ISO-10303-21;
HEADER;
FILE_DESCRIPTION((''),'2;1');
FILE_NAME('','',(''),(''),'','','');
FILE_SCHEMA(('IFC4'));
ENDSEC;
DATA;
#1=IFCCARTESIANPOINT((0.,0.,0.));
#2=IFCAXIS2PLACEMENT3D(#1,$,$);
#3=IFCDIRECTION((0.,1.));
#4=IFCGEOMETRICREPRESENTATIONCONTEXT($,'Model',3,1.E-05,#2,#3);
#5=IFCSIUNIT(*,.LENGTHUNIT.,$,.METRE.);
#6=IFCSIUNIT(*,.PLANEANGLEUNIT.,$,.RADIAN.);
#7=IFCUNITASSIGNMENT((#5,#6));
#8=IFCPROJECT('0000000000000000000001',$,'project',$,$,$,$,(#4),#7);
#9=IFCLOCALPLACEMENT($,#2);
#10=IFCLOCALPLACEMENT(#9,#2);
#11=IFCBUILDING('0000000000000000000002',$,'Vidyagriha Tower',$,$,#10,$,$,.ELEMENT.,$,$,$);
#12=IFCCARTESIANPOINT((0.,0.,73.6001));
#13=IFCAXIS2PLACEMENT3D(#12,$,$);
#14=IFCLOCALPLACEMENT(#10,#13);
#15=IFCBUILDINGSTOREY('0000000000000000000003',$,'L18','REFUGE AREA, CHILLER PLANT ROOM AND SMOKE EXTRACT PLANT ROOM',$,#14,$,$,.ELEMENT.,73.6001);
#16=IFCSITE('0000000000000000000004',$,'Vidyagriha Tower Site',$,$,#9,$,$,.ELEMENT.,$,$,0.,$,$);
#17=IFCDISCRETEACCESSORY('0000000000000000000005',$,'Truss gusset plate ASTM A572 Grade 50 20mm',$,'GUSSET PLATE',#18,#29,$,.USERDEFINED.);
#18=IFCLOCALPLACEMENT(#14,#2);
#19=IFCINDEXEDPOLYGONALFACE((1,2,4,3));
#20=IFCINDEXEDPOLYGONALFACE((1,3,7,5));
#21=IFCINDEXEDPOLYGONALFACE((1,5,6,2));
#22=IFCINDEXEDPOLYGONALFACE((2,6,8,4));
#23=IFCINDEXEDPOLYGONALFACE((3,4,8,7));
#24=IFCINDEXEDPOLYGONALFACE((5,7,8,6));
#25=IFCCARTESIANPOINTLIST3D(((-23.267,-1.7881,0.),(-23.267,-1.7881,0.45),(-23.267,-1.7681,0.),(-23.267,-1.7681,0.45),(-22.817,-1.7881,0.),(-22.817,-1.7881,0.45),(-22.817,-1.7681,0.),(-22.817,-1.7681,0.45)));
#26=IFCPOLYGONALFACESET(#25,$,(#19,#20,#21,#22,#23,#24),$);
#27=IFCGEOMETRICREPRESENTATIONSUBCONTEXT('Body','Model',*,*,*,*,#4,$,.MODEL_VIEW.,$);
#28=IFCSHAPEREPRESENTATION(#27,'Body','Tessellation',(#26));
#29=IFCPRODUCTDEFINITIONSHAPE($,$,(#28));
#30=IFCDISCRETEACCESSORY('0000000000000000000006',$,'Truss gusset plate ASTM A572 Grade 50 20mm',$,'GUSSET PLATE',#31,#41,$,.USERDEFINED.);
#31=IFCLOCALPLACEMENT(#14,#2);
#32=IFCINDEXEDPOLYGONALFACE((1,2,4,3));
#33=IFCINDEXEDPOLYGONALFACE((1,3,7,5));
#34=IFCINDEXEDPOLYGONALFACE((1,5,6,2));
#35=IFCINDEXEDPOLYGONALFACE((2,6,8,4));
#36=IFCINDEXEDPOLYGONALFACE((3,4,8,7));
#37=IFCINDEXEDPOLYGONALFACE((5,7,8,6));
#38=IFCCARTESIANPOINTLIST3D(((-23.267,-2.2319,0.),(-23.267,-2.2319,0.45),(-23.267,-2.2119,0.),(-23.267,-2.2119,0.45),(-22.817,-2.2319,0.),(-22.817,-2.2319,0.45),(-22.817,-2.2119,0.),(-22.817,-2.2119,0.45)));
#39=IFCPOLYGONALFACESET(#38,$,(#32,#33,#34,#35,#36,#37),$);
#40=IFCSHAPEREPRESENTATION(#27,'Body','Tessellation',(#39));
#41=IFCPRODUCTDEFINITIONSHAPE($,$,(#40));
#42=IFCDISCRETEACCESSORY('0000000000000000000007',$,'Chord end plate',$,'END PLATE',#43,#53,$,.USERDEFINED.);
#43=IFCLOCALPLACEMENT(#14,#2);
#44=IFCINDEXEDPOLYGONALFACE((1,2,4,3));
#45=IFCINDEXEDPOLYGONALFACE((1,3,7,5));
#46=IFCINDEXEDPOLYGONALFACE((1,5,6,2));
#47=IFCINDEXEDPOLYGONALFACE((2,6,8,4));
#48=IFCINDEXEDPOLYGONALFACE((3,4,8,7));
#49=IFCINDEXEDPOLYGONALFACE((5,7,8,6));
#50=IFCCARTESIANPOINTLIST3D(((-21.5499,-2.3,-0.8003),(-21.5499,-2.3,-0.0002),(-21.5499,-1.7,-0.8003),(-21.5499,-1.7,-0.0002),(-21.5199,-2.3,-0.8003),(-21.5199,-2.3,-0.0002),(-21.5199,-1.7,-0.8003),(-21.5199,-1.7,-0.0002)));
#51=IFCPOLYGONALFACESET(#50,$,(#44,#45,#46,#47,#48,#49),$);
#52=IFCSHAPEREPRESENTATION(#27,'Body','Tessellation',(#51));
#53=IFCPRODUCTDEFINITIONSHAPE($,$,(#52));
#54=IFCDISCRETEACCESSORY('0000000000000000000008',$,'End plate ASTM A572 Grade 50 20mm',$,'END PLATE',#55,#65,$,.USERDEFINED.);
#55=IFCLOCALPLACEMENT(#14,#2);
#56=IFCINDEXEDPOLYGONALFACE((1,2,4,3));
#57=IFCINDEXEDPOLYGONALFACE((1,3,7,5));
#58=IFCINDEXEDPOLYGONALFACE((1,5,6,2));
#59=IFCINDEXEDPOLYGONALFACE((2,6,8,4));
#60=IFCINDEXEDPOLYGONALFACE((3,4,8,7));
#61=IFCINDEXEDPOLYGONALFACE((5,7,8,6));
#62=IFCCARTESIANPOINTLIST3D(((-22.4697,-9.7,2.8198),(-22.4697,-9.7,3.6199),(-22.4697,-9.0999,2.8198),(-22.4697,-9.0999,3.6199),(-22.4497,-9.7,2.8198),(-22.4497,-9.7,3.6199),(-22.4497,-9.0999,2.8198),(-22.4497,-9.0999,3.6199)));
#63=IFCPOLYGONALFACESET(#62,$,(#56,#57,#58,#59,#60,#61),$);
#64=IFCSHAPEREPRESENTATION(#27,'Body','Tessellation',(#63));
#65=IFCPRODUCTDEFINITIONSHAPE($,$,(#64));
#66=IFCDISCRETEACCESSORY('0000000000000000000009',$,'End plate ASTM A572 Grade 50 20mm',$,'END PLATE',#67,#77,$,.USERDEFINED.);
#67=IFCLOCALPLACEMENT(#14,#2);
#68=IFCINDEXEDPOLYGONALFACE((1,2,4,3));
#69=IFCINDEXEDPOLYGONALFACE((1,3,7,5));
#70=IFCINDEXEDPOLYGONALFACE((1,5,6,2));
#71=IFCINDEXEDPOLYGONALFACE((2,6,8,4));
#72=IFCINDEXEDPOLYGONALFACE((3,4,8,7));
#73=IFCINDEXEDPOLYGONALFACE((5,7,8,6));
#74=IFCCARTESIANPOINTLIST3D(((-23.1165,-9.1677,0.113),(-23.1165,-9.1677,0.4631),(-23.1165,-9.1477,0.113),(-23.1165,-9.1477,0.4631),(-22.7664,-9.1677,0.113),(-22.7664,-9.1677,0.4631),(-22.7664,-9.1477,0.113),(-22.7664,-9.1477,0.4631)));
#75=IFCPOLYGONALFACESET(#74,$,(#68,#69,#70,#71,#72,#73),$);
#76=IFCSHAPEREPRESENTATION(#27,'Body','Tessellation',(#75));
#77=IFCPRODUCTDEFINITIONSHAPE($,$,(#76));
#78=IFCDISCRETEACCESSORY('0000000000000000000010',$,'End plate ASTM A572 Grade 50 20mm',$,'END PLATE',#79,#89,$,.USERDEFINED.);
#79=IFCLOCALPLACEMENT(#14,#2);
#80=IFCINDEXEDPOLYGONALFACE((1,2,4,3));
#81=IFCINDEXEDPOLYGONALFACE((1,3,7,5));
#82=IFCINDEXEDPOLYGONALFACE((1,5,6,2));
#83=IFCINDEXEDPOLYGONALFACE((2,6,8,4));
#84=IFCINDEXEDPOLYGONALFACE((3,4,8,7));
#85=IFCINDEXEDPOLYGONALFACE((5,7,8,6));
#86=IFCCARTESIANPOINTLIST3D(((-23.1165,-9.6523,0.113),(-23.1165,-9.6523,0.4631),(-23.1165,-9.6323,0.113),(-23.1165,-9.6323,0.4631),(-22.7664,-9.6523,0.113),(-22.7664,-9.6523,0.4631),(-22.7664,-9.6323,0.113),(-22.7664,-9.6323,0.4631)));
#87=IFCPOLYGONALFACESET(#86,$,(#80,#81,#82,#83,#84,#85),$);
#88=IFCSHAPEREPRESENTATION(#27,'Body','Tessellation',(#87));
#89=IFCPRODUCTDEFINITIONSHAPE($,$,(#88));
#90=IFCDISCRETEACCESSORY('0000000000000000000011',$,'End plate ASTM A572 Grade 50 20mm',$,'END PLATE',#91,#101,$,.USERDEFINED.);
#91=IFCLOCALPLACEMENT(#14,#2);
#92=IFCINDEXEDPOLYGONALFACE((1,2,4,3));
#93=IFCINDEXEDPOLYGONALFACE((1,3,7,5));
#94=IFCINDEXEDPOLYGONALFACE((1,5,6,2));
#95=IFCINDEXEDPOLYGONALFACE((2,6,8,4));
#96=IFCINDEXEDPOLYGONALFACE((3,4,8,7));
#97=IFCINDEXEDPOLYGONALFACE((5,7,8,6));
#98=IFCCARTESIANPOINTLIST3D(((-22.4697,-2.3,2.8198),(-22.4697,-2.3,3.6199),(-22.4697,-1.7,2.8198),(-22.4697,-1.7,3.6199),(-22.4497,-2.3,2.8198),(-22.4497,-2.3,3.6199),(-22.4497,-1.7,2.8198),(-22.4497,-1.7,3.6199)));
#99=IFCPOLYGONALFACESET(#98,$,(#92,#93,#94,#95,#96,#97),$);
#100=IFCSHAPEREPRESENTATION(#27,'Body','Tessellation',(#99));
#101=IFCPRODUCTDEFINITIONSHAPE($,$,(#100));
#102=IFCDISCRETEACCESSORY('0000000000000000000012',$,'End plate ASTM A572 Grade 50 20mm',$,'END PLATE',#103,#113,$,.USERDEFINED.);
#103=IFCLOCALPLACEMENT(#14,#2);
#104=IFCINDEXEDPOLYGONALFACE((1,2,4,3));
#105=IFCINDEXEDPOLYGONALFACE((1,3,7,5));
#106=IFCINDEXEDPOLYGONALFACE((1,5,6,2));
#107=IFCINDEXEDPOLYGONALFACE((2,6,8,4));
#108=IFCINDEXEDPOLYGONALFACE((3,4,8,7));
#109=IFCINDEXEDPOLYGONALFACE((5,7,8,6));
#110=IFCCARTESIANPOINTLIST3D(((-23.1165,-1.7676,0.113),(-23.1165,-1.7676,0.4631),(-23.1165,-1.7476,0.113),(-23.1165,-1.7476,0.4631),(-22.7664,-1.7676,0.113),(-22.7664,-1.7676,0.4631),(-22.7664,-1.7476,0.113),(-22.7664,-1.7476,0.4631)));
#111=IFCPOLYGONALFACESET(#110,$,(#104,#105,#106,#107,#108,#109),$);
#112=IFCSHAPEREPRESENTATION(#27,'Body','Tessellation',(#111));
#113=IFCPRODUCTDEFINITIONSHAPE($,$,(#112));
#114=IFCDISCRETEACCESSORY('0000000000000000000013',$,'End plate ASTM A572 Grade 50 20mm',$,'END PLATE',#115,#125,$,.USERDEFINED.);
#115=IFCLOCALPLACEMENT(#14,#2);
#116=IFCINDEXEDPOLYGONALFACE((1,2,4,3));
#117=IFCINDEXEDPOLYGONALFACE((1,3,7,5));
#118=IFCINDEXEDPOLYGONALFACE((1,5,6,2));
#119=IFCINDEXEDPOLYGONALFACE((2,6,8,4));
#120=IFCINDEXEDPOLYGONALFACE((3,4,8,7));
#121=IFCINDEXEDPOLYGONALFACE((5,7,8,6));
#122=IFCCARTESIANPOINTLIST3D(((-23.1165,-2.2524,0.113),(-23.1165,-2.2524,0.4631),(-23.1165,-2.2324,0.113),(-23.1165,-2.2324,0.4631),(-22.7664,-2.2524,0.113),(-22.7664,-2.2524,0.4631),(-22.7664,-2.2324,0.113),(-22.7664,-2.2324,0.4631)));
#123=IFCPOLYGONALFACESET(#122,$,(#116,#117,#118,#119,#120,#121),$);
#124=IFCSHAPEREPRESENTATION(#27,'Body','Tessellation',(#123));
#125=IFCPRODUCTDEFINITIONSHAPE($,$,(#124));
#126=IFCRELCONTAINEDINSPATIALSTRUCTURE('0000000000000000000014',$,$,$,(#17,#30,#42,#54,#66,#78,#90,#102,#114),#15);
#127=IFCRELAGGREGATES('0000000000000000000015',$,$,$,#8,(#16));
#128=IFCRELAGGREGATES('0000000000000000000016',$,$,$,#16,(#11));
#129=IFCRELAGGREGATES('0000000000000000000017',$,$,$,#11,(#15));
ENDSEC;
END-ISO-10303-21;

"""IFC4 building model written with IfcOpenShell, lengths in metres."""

from ifc_helpers import new_model, si_unit, direction, frame, origin, origin_2d, place, context, subcontext, project, spatial, rectangle, extrude, element, save


model = new_model("IFC4")

# Units and contexts
model_context = context("Model", 3, precision=1e-05, world=origin(), true_north=direction((0.0, 1.0)))
body_context = subcontext(model_context, "Body", "Model", "MODEL_VIEW")
ifc_project = project(units=[si_unit("LENGTHUNIT", "METRE"), si_unit("PLANEANGLEUNIT", "RADIAN")], contexts=[model_context])

# Site, building, storey
site_placement = place(None, origin())
site = spatial("IfcSite", under=ifc_project, at=site_placement, Name="Vidyagriha Tower Site", CompositionType="ELEMENT", RefElevation=0.0)
building_placement = place(site_placement, origin())
building = spatial("IfcBuilding", under=site, at=building_placement, Name="Vidyagriha Tower", CompositionType="ELEMENT")
storey_placement = place(building_placement, frame((0.0, 0.0, 73.6001)))
storey = spatial("IfcBuildingStorey", under=building, at=storey_placement, Name="L18", Description="REFUGE AREA, CHILLER PLANT ROOM AND SMOKE EXTRACT PLANT ROOM", CompositionType="ELEMENT", Elevation=73.6001)

# Discrete accessories
for number, where, name in (
    (1, (-23.042, -1.7781, 0.0), "Truss gusset plate ASTM A572 Grade 50 20mm"),
    (2, (-23.042, -2.2219, 0.0), "Truss gusset plate ASTM A572 Grade 50 20mm"),
):
    element("IfcDiscreteAccessory", number, at=place(storey_placement, frame(where)), inside=storey, Name=name, ObjectType="GUSSET PLATE", PredefinedType="USERDEFINED", context=body_context, shape_type="SweptSolid", body=[
        extrude(rectangle(XDim=0.45, YDim=0.02, at=origin_2d()), origin(), (0.0, 0.0, 1.0), 0.45),
    ])
discrete_accessory_1_placement = place(storey_placement, frame((-21.5349, -2.0, -0.8003)))
element("IfcDiscreteAccessory", 3, at=discrete_accessory_1_placement, inside=storey, Name="Chord end plate", ObjectType="END PLATE", PredefinedType="USERDEFINED", context=body_context, shape_type="SweptSolid", body=[
    extrude(rectangle(XDim=0.03, YDim=0.6001, at=origin_2d()), origin(), (0.0, 0.0, 1.0), 0.8),
])
discrete_accessory_2_placement = place(storey_placement, frame((-22.4597, -9.3999, 2.8198)))
element("IfcDiscreteAccessory", 4, at=discrete_accessory_2_placement, inside=storey, Name="End plate ASTM A572 Grade 50 20mm", ObjectType="END PLATE", PredefinedType="USERDEFINED", context=body_context, shape_type="SweptSolid", body=[
    extrude(rectangle(XDim=0.02, YDim=0.6001, at=origin_2d()), origin(), (0.0, 0.0, 1.0), 0.8),
])
for number, where, name in (
    (5, (-22.9414, -9.1577, 0.113), "End plate ASTM A572 Grade 50 20mm"),
    (6, (-22.9414, -9.6423, 0.113), "End plate ASTM A572 Grade 50 20mm"),
):
    element("IfcDiscreteAccessory", number, at=place(storey_placement, frame(where)), inside=storey, Name=name, ObjectType="END PLATE", PredefinedType="USERDEFINED", context=body_context, shape_type="SweptSolid", body=[
        extrude(rectangle(XDim=0.3501, YDim=0.02, at=origin_2d()), origin(), (0.0, 0.0, 1.0), 0.3501),
    ])
discrete_accessory_3_placement = place(storey_placement, frame((-22.4597, -2.0, 2.8198)))
element("IfcDiscreteAccessory", 7, at=discrete_accessory_3_placement, inside=storey, Name="End plate ASTM A572 Grade 50 20mm", ObjectType="END PLATE", PredefinedType="USERDEFINED", context=body_context, shape_type="SweptSolid", body=[
    extrude(rectangle(XDim=0.02, YDim=0.6001, at=origin_2d()), origin(), (0.0, 0.0, 1.0), 0.8),
])
for number, where, name in (
    (8, (-22.9414, -1.7576, 0.113), "End plate ASTM A572 Grade 50 20mm"),
    (9, (-22.9414, -2.2424, 0.113), "End plate ASTM A572 Grade 50 20mm"),
):
    element("IfcDiscreteAccessory", number, at=place(storey_placement, frame(where)), inside=storey, Name=name, ObjectType="END PLATE", PredefinedType="USERDEFINED", context=body_context, shape_type="SweptSolid", body=[
        extrude(rectangle(XDim=0.3501, YDim=0.02, at=origin_2d()), origin(), (0.0, 0.0, 1.0), 0.3501),
    ])

save(model, "model.ifc")
